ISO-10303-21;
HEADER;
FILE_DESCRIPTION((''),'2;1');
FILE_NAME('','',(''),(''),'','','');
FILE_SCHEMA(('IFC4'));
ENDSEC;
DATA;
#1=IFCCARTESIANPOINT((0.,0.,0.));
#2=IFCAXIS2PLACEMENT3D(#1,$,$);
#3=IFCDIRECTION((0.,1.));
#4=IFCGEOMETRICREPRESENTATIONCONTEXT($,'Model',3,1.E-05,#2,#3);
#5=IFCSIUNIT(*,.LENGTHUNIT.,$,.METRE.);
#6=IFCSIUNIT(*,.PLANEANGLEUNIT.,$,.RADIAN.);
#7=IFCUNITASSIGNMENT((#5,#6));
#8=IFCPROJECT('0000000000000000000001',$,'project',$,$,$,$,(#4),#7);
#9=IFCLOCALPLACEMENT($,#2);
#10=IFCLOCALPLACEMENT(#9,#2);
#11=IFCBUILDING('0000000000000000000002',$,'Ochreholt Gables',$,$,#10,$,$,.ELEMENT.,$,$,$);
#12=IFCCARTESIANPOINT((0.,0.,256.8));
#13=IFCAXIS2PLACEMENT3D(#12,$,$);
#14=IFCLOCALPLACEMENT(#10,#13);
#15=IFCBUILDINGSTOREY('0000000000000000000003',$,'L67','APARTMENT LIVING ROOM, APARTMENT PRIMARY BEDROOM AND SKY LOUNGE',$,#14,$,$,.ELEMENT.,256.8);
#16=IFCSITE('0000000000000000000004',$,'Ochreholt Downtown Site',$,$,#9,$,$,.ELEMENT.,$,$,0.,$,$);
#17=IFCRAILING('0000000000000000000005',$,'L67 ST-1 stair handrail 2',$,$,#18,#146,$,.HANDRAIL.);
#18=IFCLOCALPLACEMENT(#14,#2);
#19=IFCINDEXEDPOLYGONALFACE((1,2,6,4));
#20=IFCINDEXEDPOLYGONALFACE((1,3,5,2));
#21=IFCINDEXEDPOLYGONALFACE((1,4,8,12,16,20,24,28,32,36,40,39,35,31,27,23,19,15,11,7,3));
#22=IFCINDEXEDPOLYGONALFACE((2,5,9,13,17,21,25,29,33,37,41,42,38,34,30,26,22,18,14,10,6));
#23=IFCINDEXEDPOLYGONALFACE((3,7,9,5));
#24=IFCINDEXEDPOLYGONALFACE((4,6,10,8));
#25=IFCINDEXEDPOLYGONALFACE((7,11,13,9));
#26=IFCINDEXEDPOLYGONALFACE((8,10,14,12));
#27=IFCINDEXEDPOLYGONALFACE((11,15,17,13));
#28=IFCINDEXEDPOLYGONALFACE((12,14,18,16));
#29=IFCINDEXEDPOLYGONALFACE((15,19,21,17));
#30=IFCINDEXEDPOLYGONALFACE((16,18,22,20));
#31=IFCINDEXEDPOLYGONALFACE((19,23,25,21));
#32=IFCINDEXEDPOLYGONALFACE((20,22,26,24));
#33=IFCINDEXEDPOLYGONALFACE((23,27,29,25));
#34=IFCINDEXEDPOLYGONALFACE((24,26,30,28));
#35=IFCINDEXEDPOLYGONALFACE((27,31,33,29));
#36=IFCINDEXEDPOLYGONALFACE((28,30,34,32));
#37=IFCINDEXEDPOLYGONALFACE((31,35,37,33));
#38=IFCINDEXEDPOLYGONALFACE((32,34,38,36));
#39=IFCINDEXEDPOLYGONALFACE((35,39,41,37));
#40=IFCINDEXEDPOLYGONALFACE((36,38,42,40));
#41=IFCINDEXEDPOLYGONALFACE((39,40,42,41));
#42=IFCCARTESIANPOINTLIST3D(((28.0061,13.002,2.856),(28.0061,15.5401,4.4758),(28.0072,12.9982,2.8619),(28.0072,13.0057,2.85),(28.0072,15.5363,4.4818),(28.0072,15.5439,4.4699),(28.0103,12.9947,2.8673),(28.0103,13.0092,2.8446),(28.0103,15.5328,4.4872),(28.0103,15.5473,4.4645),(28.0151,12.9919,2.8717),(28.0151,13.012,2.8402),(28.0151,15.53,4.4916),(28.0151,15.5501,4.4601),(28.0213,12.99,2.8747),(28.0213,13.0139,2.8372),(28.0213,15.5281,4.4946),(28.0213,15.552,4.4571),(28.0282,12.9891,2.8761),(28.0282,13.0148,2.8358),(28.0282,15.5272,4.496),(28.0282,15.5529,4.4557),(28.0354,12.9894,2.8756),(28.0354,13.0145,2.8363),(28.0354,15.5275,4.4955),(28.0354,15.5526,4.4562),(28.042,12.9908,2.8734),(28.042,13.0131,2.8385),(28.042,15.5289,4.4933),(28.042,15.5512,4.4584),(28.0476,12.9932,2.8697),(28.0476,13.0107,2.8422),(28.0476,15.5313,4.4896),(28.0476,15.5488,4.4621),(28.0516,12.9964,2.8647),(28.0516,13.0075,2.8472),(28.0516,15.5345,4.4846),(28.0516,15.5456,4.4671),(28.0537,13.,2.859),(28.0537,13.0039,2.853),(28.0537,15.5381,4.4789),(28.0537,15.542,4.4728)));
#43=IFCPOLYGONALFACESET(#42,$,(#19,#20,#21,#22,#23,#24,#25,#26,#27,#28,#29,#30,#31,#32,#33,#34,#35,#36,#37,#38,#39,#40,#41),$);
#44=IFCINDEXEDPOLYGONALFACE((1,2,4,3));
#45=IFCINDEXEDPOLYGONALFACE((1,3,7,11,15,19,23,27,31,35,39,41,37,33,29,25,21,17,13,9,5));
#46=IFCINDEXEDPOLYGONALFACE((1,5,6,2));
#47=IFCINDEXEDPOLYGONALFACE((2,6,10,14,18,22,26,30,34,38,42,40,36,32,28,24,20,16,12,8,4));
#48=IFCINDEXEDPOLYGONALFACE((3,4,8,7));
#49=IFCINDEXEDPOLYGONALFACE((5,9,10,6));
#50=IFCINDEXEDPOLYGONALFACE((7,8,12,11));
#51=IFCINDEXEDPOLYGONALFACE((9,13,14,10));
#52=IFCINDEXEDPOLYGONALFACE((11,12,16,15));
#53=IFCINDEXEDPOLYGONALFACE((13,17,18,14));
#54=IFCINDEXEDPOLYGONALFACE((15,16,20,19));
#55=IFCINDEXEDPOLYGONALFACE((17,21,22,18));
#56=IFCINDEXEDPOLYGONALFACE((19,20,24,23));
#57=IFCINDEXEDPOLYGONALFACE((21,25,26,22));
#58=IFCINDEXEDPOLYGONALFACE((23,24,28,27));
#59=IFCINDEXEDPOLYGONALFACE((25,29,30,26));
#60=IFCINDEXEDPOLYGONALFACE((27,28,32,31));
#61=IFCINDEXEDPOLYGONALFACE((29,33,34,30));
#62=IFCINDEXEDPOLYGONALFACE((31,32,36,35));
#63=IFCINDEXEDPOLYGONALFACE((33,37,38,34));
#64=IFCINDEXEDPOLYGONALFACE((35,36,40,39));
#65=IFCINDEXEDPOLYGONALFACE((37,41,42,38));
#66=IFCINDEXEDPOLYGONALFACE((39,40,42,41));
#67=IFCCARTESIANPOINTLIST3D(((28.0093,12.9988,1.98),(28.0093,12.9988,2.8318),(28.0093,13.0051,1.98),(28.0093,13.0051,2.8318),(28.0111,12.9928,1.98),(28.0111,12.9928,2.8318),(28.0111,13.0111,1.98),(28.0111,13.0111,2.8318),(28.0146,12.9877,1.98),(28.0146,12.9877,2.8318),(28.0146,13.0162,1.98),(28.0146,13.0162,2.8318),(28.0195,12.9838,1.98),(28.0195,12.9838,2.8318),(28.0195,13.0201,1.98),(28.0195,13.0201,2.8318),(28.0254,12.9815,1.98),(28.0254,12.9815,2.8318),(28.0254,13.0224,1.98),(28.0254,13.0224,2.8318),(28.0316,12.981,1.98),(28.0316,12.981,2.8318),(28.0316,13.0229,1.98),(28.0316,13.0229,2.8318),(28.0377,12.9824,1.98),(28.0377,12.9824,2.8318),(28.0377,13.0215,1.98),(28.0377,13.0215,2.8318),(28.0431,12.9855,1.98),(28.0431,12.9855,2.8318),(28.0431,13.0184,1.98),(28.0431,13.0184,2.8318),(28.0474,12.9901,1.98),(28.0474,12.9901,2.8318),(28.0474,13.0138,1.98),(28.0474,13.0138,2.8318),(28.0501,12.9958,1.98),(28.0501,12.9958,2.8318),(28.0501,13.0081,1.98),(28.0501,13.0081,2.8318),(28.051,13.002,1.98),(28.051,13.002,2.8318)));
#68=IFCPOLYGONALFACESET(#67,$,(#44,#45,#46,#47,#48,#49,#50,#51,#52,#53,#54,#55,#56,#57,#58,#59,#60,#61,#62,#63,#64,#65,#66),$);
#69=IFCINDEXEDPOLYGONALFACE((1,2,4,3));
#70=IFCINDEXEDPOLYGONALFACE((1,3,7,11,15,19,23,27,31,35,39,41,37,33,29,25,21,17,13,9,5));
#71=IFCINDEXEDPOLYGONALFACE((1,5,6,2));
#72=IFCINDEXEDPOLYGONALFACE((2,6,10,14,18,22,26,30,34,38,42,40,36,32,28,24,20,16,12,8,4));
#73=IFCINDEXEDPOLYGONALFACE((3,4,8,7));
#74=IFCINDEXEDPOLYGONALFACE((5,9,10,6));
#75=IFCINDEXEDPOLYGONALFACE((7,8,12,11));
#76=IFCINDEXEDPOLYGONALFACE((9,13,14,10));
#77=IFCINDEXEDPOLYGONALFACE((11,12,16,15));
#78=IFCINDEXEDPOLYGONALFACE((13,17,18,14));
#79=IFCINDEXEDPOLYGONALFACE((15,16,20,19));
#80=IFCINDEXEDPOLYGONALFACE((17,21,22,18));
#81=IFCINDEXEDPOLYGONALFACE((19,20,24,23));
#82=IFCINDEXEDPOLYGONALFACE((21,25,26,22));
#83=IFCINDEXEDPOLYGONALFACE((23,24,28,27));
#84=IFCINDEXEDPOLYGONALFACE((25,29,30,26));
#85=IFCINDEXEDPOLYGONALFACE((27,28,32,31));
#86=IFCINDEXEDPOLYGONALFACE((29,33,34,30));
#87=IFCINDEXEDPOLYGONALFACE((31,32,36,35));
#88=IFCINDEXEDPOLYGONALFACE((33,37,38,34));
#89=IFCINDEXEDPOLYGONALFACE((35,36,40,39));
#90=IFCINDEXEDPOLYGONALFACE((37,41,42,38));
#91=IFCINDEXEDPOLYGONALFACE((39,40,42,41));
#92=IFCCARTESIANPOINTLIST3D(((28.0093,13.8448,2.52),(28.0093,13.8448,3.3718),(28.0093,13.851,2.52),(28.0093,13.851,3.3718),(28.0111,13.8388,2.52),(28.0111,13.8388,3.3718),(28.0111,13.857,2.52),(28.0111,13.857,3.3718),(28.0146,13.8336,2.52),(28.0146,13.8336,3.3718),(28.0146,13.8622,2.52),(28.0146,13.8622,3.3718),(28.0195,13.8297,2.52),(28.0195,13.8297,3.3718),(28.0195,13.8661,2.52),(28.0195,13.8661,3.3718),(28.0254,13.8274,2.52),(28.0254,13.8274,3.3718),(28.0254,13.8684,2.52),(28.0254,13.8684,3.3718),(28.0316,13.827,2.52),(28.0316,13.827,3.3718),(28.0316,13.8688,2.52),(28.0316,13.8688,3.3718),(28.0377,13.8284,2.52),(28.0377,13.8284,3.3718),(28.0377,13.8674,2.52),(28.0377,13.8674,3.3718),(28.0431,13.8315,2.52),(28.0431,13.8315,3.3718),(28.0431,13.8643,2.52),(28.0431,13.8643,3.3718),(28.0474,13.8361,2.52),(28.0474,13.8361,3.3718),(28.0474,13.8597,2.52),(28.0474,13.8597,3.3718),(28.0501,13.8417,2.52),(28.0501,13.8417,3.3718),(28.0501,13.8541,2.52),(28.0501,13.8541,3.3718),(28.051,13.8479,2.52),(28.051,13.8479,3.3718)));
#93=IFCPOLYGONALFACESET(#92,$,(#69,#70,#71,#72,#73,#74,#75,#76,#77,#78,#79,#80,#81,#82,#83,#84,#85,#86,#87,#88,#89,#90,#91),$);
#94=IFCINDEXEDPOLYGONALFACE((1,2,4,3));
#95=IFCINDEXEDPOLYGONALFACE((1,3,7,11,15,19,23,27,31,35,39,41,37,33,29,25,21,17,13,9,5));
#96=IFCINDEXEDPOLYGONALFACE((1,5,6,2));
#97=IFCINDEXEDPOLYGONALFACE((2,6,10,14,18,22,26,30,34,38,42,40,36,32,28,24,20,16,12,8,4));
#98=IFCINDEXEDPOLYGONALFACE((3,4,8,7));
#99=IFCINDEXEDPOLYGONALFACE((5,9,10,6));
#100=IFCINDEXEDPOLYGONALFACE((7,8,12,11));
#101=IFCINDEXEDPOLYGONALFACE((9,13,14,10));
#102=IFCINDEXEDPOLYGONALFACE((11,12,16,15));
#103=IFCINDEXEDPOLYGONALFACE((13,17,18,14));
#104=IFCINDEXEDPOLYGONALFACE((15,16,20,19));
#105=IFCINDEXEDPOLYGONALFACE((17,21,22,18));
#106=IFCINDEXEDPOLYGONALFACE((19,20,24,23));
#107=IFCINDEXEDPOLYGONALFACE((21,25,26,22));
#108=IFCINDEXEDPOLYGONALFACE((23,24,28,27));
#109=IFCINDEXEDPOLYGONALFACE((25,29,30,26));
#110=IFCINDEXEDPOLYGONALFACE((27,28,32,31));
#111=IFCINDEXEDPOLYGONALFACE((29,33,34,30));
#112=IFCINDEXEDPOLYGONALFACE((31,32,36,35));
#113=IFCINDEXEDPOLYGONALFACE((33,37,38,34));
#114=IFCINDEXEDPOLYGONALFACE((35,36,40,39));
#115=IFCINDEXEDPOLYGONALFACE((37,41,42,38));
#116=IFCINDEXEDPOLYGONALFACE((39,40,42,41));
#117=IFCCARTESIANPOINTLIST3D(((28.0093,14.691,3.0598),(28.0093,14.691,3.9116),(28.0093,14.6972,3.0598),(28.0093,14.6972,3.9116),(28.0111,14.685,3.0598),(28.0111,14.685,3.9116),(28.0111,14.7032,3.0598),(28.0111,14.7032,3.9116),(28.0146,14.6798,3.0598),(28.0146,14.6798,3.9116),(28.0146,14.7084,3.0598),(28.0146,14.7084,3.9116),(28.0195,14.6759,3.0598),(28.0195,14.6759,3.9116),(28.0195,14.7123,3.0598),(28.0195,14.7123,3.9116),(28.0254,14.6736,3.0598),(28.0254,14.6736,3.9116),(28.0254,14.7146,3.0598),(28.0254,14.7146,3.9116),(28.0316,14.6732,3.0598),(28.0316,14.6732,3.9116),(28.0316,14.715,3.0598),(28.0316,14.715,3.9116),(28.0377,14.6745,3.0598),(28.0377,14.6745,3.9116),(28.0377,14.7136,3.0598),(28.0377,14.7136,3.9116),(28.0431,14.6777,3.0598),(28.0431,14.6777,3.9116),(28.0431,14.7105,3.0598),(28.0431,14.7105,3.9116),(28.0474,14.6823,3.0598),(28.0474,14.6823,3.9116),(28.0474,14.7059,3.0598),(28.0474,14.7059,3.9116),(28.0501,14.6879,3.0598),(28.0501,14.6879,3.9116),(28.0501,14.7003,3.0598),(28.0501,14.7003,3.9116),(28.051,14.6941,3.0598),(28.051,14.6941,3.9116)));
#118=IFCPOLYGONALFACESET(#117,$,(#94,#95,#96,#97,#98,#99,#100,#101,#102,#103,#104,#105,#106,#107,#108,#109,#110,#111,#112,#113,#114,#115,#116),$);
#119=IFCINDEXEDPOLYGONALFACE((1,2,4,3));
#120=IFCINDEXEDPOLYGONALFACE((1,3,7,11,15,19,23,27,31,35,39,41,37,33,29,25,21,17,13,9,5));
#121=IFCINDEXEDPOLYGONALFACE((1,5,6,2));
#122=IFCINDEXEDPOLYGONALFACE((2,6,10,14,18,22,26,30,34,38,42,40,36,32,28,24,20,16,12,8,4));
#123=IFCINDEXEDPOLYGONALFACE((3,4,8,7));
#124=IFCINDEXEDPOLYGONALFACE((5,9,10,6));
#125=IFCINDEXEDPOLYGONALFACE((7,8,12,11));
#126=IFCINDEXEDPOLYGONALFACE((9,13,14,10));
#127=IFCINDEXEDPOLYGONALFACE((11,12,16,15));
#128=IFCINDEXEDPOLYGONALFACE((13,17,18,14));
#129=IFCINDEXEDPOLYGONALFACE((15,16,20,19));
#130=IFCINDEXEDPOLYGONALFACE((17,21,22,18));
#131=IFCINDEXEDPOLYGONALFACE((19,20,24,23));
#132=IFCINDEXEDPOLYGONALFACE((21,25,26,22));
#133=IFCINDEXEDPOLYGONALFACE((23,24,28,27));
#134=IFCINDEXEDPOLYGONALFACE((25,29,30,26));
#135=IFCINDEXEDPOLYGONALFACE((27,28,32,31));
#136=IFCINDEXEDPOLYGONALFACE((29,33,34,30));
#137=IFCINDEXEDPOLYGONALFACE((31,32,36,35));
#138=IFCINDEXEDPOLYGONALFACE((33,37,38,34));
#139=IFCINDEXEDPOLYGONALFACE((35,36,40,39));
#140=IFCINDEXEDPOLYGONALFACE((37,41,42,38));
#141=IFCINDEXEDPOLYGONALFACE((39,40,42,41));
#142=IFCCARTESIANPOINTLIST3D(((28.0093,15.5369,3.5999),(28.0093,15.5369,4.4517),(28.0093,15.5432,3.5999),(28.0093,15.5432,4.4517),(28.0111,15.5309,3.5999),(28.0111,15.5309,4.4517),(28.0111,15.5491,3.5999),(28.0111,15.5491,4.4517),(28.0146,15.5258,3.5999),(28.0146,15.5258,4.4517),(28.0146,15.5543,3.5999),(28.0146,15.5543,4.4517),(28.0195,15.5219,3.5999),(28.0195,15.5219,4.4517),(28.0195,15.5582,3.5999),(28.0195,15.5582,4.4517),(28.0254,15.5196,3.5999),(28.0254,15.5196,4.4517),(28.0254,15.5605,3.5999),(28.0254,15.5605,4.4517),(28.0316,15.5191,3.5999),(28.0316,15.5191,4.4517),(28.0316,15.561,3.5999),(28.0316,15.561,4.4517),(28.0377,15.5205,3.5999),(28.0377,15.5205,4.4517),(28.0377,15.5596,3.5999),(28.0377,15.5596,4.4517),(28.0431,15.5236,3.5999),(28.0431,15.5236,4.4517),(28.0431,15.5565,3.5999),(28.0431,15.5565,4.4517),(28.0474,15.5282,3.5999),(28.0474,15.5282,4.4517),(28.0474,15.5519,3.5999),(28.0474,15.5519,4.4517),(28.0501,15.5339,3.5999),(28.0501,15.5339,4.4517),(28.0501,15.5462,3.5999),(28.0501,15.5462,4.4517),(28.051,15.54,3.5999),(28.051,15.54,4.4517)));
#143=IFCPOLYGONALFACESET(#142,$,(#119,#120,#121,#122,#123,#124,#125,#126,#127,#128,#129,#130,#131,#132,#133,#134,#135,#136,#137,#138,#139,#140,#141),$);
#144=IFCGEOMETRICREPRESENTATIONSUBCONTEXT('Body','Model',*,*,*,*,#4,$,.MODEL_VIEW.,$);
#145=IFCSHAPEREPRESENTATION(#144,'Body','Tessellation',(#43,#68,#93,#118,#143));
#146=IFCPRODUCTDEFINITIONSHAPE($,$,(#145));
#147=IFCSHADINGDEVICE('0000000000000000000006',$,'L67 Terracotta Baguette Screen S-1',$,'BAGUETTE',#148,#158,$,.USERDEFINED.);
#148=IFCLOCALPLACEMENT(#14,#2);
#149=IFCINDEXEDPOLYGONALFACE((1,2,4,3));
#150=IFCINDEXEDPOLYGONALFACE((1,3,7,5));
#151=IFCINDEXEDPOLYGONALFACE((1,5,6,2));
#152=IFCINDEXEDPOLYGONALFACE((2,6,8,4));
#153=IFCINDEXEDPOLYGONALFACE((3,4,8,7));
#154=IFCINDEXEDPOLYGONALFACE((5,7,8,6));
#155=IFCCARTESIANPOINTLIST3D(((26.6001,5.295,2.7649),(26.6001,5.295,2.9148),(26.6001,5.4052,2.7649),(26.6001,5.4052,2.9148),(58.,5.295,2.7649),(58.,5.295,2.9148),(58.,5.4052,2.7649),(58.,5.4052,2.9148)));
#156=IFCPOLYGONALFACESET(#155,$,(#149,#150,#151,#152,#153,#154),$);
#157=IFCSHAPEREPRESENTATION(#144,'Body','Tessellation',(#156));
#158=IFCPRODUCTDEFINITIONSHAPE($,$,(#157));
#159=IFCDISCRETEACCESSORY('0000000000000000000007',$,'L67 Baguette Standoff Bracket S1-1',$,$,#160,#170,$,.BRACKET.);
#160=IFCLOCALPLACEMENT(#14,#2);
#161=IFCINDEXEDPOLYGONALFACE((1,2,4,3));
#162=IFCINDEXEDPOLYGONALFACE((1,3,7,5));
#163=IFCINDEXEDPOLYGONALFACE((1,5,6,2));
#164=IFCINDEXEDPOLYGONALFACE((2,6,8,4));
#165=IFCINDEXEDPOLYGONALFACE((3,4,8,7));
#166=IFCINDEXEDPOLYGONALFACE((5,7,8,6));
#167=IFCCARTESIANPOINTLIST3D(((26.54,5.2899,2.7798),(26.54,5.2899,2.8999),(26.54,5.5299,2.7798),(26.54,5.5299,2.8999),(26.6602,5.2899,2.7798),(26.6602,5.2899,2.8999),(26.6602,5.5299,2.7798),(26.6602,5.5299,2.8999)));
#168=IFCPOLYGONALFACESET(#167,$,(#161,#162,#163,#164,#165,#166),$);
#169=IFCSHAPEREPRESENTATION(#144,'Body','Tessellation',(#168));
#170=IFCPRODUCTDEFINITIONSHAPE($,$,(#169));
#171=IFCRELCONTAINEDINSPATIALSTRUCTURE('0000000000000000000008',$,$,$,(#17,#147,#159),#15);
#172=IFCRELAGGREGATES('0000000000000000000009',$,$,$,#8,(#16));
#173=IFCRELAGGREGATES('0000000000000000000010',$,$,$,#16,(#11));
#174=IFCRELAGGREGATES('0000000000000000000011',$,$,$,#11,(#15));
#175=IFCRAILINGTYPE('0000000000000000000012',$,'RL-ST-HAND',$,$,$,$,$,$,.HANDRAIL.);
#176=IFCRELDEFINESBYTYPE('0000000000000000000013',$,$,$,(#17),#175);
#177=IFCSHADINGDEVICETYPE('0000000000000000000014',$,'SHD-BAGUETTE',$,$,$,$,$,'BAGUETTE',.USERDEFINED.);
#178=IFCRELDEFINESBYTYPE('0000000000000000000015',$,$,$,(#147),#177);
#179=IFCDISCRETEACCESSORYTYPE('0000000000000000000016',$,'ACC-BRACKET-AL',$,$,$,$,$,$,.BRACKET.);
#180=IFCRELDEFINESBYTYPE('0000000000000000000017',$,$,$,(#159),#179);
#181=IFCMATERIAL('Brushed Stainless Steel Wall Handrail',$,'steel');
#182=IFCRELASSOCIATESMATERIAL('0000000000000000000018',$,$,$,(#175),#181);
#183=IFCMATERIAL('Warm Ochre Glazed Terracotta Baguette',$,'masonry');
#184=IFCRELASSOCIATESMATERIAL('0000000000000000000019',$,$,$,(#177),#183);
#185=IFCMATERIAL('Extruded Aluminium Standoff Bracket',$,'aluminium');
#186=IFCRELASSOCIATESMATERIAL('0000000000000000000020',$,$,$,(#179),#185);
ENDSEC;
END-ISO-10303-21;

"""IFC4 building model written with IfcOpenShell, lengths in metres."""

from ifc_helpers import new_model, si_unit, direction, frame, origin, origin_2d, place, context, subcontext, project, spatial, rectangle, circle, extrude, material, material_profile, profile_set, type_object, element, save


model = new_model("IFC4")

# Units and contexts
model_context = context("Model", 3, precision=1e-05, world=origin(), true_north=direction((0.0, 1.0)))
body_context = subcontext(model_context, "Body", "Model", "MODEL_VIEW")
ifc_project = project(units=[si_unit("LENGTHUNIT", "METRE"), si_unit("PLANEANGLEUNIT", "RADIAN")], contexts=[model_context])

# Site, building, storey
site_placement = place(None, origin())
site = spatial("IfcSite", under=ifc_project, at=site_placement, Name="Ochreholt Downtown Site", CompositionType="ELEMENT", RefElevation=0.0)
building_placement = place(site_placement, origin())
building = spatial("IfcBuilding", under=site, at=building_placement, Name="Ochreholt Gables", CompositionType="ELEMENT")
storey_placement = place(building_placement, frame((0.0, 0.0, 256.8)))
storey = spatial("IfcBuildingStorey", under=building, at=storey_placement, Name="L67", Description="APARTMENT LIVING ROOM, APARTMENT PRIMARY BEDROOM AND SKY LOUNGE", CompositionType="ELEMENT", Elevation=256.8)

# Railing
ifc_material_1 = material(Name="Brushed Stainless Steel Wall Handrail", Category="steel")
railing_type_1 = type_object("IfcRailingType", Name="RL-ST-HAND", PredefinedType="HANDRAIL", material=ifc_material_1)
railing_1_placement = place(storey_placement, frame((28.03, 13.002, 1.98)))
element("IfcRailing", 1, at=railing_1_placement, inside=storey, type_object=railing_type_1, Name="L67 ST-1 stair handrail 2", PredefinedType="HANDRAIL", context=body_context, shape_type="SweptSolid", body=[
    extrude(circle(Radius=0.0239, at=origin_2d()), frame((0.0, 0.0, 0.876), z_axis=(0.0, 0.84295, 0.537993), x_axis=(-1.0, 0.0, 0.0)), (0.0, 0.0, 1.0), 3.011),
    extrude(circle(Radius=0.021, at=origin_2d()), origin(), (0.0, 0.0, 1.0), 0.8518),
    extrude(circle(Radius=0.021, at=origin_2d()), frame((0.0, 0.8459, 0.54)), (0.0, 0.0, 1.0), 0.8518),
    extrude(circle(Radius=0.021, at=origin_2d()), frame((0.0, 1.6921, 1.0798)), (0.0, 0.0, 1.0), 0.8518),
    extrude(circle(Radius=0.021, at=origin_2d()), frame((0.0, 2.5381, 1.6199)), (0.0, 0.0, 1.0), 0.8518),
])

# Shading device
ifc_material_2 = material(Name="Warm Ochre Glazed Terracotta Baguette", Category="masonry")
ifc_material_profile_1 = material_profile(ifc_material_2, rectangle(XDim=0.1101, YDim=0.1499, at=origin_2d()), Name="TCBAG110X150")
ifc_profile_set_1 = profile_set([ifc_material_profile_1], Name="Warm Ochre Glazed Terracotta Baguette")
shading_device_type = type_object("IfcShadingDeviceType", Name="SHD-BAGUETTE", ElementType="BAGUETTE", PredefinedType="USERDEFINED", material=ifc_profile_set_1)
shading_device_placement = place(storey_placement, frame((26.6001, 5.3501, 2.8398), z_axis=(1.0, 0.0, 0.0), x_axis=(0.0, 1.0, 0.0)))
element("IfcShadingDevice", 2, at=shading_device_placement, inside=storey, type_object=shading_device_type, Name="L67 Terracotta Baguette Screen S-1", ObjectType="BAGUETTE", PredefinedType="USERDEFINED", context=body_context, shape_type="SweptSolid", body=[
    extrude(rectangle(XDim=0.1101, YDim=0.1499, at=origin_2d()), origin(), (0.0, 0.0, 1.0), 31.3999),
])

# Discrete accessory
ifc_material_3 = material(Name="Extruded Aluminium Standoff Bracket", Category="aluminium")
discrete_accessory_type = type_object("IfcDiscreteAccessoryType", Name="ACC-BRACKET-AL", PredefinedType="BRACKET", material=ifc_material_3)
discrete_accessory_placement = place(storey_placement, frame((26.6001, 5.4099, 2.7798), z_axis=(0.0, 0.0, 1.0), x_axis=(1.0, 0.0, 0.0)))
element("IfcDiscreteAccessory", 3, at=discrete_accessory_placement, inside=storey, type_object=discrete_accessory_type, Name="L67 Baguette Standoff Bracket S1-1", PredefinedType="BRACKET", context=body_context, shape_type="SweptSolid", body=[
    extrude(rectangle(XDim=0.1201, YDim=0.24, at=origin_2d()), origin(), (0.0, 0.0, 1.0), 0.1201),
])

save(model, "model.ifc")
